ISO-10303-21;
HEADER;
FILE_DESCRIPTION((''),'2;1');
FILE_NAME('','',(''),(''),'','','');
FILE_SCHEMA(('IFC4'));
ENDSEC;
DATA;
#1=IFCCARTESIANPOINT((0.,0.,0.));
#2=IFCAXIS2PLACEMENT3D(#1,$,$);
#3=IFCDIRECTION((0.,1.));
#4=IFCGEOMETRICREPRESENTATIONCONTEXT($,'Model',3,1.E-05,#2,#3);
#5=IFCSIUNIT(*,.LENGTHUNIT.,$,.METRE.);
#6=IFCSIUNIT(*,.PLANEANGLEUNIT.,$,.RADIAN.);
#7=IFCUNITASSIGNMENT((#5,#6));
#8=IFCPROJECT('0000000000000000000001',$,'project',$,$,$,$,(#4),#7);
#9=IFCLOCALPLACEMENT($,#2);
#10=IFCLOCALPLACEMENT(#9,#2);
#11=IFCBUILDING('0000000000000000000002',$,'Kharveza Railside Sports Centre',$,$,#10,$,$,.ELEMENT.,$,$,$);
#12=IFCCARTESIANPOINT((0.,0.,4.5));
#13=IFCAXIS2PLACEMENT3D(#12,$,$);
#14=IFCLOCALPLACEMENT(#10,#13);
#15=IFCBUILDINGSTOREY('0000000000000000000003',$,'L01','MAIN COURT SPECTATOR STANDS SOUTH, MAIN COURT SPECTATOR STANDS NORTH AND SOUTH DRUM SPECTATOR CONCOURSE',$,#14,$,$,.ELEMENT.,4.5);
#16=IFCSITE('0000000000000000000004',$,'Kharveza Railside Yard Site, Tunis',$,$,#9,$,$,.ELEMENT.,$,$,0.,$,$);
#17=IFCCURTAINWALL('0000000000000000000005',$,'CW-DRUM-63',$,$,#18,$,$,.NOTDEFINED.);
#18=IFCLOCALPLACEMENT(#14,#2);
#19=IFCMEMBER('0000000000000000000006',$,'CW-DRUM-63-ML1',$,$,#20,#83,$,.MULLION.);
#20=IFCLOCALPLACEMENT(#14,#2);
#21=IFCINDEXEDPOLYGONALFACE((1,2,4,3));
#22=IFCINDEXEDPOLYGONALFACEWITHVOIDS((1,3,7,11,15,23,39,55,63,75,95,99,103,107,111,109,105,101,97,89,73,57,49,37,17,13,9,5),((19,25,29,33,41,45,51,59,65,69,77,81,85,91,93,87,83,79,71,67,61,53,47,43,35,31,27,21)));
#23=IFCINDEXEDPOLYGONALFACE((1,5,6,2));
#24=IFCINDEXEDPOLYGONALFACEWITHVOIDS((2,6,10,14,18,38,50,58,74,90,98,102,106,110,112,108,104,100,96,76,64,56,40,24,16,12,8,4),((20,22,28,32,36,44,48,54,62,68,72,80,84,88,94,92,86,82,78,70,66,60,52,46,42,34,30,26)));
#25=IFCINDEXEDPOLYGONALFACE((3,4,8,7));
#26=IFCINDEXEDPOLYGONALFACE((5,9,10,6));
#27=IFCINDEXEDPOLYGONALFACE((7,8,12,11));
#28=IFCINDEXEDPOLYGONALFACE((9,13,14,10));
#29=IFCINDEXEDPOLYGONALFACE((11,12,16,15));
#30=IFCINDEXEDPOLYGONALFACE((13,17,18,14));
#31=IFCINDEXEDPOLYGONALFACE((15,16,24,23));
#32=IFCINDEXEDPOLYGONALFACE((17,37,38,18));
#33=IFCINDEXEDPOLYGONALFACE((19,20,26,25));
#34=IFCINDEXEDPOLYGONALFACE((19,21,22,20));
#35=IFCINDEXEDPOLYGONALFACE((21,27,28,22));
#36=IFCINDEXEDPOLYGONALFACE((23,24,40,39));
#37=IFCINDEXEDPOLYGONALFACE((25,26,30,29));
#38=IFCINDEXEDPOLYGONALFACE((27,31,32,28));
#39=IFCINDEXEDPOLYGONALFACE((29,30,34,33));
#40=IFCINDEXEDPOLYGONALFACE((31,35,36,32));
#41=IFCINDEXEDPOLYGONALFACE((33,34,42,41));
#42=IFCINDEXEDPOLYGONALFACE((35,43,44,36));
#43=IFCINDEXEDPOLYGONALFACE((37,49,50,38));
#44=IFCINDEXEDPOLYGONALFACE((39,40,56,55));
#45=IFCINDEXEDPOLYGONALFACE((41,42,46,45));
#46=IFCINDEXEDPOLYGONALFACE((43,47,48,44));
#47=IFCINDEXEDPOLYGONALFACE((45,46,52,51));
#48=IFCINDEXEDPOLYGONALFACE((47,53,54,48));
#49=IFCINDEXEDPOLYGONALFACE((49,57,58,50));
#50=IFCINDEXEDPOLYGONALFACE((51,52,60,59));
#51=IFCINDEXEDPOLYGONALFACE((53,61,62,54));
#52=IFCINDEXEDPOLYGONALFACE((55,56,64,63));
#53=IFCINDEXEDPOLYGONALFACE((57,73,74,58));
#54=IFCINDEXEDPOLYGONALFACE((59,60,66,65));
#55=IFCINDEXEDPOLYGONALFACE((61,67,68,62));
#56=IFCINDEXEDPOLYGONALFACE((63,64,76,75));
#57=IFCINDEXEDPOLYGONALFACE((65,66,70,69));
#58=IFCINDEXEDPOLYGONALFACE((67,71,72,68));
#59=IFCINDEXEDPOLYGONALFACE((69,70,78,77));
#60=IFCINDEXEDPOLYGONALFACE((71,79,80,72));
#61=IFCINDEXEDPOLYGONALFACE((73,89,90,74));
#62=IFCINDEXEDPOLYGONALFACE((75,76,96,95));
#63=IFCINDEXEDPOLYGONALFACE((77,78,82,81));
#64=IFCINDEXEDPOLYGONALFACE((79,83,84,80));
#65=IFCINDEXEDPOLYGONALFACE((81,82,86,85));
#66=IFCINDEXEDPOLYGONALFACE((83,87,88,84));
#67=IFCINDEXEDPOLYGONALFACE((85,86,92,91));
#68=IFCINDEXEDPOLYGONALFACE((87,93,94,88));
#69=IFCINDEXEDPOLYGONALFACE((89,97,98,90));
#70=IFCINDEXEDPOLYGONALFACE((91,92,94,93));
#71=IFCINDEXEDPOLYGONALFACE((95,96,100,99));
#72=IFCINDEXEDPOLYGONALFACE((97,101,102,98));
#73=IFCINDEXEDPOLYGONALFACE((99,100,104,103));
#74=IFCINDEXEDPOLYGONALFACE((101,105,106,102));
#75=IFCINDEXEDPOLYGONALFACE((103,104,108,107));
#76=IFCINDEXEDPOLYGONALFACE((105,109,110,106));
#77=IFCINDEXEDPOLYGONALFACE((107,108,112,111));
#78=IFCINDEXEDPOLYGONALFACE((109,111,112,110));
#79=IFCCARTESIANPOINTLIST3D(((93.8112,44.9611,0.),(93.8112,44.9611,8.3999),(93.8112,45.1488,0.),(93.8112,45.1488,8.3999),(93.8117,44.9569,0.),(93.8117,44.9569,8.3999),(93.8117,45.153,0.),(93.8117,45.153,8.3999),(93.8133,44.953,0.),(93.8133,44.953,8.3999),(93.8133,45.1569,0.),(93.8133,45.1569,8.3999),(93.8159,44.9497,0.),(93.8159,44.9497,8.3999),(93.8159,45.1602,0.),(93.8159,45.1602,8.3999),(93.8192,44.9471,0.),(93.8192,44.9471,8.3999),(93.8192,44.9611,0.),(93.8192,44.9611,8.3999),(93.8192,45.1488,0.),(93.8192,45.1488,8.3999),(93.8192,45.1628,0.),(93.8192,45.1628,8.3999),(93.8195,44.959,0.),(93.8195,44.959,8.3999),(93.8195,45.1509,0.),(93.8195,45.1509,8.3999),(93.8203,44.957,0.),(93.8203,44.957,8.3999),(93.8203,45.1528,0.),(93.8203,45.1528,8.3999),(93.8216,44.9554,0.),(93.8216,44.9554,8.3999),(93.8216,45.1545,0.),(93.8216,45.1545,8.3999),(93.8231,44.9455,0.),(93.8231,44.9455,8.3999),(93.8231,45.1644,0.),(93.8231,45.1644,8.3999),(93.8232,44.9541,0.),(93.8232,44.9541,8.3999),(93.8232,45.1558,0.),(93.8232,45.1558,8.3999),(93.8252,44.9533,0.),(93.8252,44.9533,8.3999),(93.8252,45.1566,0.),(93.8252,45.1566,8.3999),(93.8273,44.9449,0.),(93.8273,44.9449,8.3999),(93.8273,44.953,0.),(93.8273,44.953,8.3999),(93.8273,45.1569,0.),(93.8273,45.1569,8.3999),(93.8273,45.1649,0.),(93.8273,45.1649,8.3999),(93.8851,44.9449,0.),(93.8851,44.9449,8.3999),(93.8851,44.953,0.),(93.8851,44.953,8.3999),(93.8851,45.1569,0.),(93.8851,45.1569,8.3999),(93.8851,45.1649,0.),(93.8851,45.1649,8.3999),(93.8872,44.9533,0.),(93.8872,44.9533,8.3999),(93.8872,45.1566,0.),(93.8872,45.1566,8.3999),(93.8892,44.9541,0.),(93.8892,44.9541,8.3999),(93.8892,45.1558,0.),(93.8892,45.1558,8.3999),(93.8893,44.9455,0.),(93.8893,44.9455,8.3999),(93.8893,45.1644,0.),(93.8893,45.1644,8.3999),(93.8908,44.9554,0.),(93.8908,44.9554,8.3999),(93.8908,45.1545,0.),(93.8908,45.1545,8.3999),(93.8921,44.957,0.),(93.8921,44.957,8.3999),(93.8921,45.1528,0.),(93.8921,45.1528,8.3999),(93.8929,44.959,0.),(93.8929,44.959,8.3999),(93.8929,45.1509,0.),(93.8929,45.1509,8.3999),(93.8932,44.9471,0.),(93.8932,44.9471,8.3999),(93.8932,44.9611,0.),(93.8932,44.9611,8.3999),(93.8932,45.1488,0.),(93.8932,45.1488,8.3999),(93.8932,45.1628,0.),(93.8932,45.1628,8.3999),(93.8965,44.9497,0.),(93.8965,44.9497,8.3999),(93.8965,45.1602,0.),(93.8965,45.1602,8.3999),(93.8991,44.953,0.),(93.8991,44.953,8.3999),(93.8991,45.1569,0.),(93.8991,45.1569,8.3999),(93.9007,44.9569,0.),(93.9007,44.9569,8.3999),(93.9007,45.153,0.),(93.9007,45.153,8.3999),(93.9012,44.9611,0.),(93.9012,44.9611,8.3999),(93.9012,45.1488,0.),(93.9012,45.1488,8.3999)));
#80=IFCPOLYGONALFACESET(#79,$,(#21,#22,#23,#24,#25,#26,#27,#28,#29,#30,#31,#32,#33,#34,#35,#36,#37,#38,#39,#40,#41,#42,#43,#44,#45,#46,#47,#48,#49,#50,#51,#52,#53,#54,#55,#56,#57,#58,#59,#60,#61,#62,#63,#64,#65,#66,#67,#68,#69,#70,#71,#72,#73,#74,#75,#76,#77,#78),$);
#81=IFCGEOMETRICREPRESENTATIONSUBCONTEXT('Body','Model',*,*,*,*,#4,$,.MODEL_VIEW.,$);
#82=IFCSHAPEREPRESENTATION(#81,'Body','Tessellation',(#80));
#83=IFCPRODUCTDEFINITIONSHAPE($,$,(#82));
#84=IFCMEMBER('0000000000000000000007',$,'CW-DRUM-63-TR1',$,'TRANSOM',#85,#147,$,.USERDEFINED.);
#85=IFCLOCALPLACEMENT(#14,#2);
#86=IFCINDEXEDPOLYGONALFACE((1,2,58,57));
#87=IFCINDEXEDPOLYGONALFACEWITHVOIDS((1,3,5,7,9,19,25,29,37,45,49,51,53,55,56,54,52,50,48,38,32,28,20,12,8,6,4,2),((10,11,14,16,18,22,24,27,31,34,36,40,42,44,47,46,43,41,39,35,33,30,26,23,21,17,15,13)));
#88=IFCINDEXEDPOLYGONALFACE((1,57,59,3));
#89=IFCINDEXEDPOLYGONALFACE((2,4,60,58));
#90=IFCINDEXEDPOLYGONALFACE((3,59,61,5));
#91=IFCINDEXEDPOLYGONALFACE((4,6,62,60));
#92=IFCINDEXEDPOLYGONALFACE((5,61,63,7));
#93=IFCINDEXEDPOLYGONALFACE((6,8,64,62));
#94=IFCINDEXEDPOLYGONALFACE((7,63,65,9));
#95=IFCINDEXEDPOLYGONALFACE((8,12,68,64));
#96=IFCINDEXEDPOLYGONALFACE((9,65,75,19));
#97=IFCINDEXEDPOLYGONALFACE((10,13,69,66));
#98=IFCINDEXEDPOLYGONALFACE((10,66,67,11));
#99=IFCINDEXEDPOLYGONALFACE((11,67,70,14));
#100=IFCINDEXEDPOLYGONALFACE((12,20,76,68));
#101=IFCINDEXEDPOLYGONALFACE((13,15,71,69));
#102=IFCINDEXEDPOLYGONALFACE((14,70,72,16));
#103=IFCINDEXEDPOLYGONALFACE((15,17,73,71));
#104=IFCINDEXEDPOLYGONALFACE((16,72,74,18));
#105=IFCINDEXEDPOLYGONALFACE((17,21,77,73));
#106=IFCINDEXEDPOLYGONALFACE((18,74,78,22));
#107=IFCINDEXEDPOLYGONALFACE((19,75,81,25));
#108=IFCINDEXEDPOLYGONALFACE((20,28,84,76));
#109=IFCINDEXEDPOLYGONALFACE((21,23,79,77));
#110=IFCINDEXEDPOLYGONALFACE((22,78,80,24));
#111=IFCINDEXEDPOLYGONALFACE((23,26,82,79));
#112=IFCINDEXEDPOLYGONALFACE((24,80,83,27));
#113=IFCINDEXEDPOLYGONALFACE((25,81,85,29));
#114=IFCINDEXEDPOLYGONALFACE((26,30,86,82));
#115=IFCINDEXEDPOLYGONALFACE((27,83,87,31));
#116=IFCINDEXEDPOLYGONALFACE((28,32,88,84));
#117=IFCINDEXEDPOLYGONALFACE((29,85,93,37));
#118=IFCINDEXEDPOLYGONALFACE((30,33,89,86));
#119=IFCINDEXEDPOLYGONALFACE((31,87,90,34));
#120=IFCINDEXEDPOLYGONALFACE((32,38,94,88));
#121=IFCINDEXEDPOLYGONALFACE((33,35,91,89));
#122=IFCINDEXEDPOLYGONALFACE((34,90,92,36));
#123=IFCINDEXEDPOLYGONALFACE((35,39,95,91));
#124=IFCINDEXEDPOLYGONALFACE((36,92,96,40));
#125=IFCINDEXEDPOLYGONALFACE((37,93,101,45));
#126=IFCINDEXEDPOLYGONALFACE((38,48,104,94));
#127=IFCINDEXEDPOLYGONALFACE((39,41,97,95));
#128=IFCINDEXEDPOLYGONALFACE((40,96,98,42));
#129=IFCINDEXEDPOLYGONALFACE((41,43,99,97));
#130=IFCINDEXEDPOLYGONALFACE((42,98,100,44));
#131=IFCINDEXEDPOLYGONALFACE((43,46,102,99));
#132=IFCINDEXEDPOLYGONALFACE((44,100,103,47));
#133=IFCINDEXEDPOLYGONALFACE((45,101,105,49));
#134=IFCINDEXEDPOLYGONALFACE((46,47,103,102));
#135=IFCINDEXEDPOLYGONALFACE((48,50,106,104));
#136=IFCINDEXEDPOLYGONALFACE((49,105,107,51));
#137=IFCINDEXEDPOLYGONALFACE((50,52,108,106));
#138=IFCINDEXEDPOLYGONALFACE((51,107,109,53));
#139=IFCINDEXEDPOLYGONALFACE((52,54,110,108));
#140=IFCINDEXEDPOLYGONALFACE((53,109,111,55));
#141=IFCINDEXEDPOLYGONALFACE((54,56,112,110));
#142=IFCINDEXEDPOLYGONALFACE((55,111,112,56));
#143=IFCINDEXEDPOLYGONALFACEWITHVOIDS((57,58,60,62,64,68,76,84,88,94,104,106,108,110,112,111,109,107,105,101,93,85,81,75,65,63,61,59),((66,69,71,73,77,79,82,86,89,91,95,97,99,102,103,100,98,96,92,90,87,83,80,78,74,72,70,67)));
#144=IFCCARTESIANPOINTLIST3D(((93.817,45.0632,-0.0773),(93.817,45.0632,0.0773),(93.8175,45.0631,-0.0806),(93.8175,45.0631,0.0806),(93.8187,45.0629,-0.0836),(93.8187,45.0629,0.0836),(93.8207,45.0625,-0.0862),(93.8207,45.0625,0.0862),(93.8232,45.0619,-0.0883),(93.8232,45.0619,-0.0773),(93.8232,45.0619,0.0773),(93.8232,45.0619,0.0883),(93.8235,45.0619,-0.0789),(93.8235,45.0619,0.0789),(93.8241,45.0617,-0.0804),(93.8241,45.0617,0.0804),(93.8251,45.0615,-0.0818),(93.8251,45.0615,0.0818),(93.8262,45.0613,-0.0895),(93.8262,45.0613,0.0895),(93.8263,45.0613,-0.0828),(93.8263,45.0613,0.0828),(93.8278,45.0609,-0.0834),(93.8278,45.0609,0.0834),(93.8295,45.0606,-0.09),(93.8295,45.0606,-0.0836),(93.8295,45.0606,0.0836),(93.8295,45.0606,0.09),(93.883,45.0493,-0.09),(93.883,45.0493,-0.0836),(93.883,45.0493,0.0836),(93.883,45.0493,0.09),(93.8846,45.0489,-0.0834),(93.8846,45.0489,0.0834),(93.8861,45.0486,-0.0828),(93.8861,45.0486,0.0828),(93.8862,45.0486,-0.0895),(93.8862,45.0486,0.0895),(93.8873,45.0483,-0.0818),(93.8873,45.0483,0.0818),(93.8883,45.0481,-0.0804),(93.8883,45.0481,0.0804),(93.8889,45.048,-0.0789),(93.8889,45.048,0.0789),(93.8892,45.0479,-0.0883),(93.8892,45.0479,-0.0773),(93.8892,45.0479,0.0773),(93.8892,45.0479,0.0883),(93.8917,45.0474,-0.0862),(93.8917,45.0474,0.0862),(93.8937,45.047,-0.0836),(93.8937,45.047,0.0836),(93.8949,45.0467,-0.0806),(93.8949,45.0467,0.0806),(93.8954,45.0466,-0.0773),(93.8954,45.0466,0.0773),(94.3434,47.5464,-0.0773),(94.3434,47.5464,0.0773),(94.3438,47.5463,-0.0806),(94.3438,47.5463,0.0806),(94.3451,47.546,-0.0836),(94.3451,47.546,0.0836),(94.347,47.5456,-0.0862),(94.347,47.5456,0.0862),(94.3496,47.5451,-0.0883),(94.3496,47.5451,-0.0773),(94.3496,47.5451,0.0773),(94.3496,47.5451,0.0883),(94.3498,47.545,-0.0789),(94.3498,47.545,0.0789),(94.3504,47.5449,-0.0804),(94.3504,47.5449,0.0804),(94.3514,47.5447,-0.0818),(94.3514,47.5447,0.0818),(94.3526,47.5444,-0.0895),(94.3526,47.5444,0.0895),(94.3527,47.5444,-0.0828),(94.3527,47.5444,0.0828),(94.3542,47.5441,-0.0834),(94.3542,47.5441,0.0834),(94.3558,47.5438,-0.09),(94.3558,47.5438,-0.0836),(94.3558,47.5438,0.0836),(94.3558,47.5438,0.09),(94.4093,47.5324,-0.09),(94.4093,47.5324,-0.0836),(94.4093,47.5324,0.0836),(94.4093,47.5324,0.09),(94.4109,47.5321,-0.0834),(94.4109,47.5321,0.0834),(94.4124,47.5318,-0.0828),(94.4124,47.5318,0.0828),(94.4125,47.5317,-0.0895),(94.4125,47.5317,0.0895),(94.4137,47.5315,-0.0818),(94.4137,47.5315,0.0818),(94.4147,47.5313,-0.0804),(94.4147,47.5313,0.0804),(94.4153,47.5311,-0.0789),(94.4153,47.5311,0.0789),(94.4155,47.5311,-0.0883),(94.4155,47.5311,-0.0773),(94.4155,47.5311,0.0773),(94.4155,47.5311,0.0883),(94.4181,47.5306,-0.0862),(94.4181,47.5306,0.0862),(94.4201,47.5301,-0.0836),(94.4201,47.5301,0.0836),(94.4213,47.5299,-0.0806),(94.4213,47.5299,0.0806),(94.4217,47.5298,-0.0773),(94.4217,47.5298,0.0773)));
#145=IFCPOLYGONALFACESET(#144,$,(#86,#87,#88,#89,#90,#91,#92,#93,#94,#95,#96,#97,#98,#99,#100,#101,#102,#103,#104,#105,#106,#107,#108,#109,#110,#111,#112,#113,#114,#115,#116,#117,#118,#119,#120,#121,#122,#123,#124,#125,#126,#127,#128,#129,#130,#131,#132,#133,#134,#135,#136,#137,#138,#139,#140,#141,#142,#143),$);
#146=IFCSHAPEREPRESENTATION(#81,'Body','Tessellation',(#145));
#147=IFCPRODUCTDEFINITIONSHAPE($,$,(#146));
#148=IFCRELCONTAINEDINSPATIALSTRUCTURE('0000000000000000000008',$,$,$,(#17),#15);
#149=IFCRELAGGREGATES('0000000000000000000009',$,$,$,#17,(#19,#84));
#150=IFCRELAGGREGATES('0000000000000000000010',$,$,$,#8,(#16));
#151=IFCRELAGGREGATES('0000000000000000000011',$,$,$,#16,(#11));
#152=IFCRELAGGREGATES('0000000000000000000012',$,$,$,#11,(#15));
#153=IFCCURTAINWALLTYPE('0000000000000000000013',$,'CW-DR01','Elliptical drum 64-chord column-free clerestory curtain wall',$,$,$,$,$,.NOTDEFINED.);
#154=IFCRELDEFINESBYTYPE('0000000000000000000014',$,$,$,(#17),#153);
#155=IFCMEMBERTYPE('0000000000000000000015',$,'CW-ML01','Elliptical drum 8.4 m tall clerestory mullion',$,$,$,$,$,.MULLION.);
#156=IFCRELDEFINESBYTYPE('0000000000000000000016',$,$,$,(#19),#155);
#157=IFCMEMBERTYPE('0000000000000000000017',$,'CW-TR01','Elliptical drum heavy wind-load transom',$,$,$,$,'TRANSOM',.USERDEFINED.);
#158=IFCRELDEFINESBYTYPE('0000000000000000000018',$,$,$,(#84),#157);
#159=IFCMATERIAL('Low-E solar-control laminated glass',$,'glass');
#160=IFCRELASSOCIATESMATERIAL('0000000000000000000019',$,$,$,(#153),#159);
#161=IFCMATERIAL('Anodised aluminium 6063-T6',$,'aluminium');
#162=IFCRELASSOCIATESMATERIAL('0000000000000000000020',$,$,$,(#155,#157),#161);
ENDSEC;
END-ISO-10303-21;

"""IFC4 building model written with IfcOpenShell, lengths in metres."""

from ifc_helpers import new_model, si_unit, direction, frame, origin, origin_2d, place, context, subcontext, project, spatial, hollow_rectangle, extrude, material, material_profile, profile_set, type_object, element, aggregate, save


model = new_model("IFC4")

# Units and contexts
model_context = context("Model", 3, precision=1e-05, world=origin(), true_north=direction((0.0, 1.0)))
body_context = subcontext(model_context, "Body", "Model", "MODEL_VIEW")
ifc_project = project(units=[si_unit("LENGTHUNIT", "METRE"), si_unit("PLANEANGLEUNIT", "RADIAN")], contexts=[model_context])

# Site, building, storey
site_placement = place(None, origin())
site = spatial("IfcSite", under=ifc_project, at=site_placement, Name="Kharveza Railside Yard Site, Tunis", CompositionType="ELEMENT", RefElevation=0.0)
building_placement = place(site_placement, origin())
building = spatial("IfcBuilding", under=site, at=building_placement, Name="Kharveza Railside Sports Centre", CompositionType="ELEMENT")
storey_placement = place(building_placement, frame((0.0, 0.0, 4.5)))
storey = spatial("IfcBuildingStorey", under=building, at=storey_placement, Name="L01", Description="MAIN COURT SPECTATOR STANDS SOUTH, MAIN COURT SPECTATOR STANDS NORTH AND SOUTH DRUM SPECTATOR CONCOURSE", CompositionType="ELEMENT", Elevation=4.5)

# Curtain wall, members
ifc_material_1 = material(Name="Low-E solar-control laminated glass", Category="glass")
curtain_wall_type = type_object("IfcCurtainWallType", Name="CW-DR01", Description="Elliptical drum 64-chord column-free clerestory curtain wall", PredefinedType="NOTDEFINED", material=ifc_material_1)
curtain_wall_placement = place(storey_placement, origin())
curtain_wall = element("IfcCurtainWall", 1, at=curtain_wall_placement, inside=storey, type_object=curtain_wall_type, Name="CW-DRUM-63", PredefinedType="NOTDEFINED")
ifc_material_2 = material(Name="Anodised aluminium 6063-T6", Category="aluminium")
ifc_material_profile_1 = material_profile(ifc_material_2, hollow_rectangle(XDim=0.0901, YDim=0.22, WallThickness=0.0081, InnerFilletRadius=0.0081, OuterFilletRadius=0.0161, at=origin_2d()), Name="RHS 90x220x8.0")
ifc_profile_set_1 = profile_set([ifc_material_profile_1], Name="Anodised aluminium 6063-T6")
member_type_1 = type_object("IfcMemberType", Name="CW-ML01", Description="Elliptical drum 8.4 m tall clerestory mullion", PredefinedType="MULLION", material=ifc_profile_set_1)
member_1_placement = place(storey_placement, frame((93.8562, 45.0549, 0.0), z_axis=(0.0, 0.0, 1.0), x_axis=(1.0, 0.0, 0.0)))
member_1 = element("IfcMember", 2, at=member_1_placement, type_object=member_type_1, Name="CW-DRUM-63-ML1", PredefinedType="MULLION", context=body_context, shape_type="SweptSolid", body=[
    extrude(hollow_rectangle(XDim=0.0901, YDim=0.22, WallThickness=0.0081, InnerFilletRadius=0.0081, OuterFilletRadius=0.0161, at=origin_2d()), origin(), (0.0, 0.0, 1.0), 8.3999),
])
ifc_material_profile_2 = material_profile(ifc_material_2, hollow_rectangle(XDim=0.0801, YDim=0.1799, WallThickness=0.0063, InnerFilletRadius=0.0063, OuterFilletRadius=0.0127, at=origin_2d()), Name="RHS 80x180x6.3")
ifc_profile_set_2 = profile_set([ifc_material_profile_2], Name="Anodised aluminium 6063-T6")
member_type_2 = type_object("IfcMemberType", Name="CW-TR01", Description="Elliptical drum heavy wind-load transom", ElementType="TRANSOM", PredefinedType="USERDEFINED", material=ifc_profile_set_2)
member_2_placement = place(storey_placement, frame((93.8562, 45.0549, 0.0), z_axis=(0.207368, 0.978263, 0.0), x_axis=(-0.978263, 0.207368, 0.0)))
member_2 = element("IfcMember", 3, at=member_2_placement, type_object=member_type_2, Name="CW-DRUM-63-TR1", ObjectType="TRANSOM", PredefinedType="USERDEFINED", context=body_context, shape_type="SweptSolid", body=[
    extrude(hollow_rectangle(XDim=0.0801, YDim=0.1799, WallThickness=0.0063, InnerFilletRadius=0.0063, OuterFilletRadius=0.0127, at=origin_2d()), origin(), (0.0, 0.0, 1.0), 2.5383),
])

aggregate(curtain_wall, [member_1, member_2])

save(model, "model.ifc")
